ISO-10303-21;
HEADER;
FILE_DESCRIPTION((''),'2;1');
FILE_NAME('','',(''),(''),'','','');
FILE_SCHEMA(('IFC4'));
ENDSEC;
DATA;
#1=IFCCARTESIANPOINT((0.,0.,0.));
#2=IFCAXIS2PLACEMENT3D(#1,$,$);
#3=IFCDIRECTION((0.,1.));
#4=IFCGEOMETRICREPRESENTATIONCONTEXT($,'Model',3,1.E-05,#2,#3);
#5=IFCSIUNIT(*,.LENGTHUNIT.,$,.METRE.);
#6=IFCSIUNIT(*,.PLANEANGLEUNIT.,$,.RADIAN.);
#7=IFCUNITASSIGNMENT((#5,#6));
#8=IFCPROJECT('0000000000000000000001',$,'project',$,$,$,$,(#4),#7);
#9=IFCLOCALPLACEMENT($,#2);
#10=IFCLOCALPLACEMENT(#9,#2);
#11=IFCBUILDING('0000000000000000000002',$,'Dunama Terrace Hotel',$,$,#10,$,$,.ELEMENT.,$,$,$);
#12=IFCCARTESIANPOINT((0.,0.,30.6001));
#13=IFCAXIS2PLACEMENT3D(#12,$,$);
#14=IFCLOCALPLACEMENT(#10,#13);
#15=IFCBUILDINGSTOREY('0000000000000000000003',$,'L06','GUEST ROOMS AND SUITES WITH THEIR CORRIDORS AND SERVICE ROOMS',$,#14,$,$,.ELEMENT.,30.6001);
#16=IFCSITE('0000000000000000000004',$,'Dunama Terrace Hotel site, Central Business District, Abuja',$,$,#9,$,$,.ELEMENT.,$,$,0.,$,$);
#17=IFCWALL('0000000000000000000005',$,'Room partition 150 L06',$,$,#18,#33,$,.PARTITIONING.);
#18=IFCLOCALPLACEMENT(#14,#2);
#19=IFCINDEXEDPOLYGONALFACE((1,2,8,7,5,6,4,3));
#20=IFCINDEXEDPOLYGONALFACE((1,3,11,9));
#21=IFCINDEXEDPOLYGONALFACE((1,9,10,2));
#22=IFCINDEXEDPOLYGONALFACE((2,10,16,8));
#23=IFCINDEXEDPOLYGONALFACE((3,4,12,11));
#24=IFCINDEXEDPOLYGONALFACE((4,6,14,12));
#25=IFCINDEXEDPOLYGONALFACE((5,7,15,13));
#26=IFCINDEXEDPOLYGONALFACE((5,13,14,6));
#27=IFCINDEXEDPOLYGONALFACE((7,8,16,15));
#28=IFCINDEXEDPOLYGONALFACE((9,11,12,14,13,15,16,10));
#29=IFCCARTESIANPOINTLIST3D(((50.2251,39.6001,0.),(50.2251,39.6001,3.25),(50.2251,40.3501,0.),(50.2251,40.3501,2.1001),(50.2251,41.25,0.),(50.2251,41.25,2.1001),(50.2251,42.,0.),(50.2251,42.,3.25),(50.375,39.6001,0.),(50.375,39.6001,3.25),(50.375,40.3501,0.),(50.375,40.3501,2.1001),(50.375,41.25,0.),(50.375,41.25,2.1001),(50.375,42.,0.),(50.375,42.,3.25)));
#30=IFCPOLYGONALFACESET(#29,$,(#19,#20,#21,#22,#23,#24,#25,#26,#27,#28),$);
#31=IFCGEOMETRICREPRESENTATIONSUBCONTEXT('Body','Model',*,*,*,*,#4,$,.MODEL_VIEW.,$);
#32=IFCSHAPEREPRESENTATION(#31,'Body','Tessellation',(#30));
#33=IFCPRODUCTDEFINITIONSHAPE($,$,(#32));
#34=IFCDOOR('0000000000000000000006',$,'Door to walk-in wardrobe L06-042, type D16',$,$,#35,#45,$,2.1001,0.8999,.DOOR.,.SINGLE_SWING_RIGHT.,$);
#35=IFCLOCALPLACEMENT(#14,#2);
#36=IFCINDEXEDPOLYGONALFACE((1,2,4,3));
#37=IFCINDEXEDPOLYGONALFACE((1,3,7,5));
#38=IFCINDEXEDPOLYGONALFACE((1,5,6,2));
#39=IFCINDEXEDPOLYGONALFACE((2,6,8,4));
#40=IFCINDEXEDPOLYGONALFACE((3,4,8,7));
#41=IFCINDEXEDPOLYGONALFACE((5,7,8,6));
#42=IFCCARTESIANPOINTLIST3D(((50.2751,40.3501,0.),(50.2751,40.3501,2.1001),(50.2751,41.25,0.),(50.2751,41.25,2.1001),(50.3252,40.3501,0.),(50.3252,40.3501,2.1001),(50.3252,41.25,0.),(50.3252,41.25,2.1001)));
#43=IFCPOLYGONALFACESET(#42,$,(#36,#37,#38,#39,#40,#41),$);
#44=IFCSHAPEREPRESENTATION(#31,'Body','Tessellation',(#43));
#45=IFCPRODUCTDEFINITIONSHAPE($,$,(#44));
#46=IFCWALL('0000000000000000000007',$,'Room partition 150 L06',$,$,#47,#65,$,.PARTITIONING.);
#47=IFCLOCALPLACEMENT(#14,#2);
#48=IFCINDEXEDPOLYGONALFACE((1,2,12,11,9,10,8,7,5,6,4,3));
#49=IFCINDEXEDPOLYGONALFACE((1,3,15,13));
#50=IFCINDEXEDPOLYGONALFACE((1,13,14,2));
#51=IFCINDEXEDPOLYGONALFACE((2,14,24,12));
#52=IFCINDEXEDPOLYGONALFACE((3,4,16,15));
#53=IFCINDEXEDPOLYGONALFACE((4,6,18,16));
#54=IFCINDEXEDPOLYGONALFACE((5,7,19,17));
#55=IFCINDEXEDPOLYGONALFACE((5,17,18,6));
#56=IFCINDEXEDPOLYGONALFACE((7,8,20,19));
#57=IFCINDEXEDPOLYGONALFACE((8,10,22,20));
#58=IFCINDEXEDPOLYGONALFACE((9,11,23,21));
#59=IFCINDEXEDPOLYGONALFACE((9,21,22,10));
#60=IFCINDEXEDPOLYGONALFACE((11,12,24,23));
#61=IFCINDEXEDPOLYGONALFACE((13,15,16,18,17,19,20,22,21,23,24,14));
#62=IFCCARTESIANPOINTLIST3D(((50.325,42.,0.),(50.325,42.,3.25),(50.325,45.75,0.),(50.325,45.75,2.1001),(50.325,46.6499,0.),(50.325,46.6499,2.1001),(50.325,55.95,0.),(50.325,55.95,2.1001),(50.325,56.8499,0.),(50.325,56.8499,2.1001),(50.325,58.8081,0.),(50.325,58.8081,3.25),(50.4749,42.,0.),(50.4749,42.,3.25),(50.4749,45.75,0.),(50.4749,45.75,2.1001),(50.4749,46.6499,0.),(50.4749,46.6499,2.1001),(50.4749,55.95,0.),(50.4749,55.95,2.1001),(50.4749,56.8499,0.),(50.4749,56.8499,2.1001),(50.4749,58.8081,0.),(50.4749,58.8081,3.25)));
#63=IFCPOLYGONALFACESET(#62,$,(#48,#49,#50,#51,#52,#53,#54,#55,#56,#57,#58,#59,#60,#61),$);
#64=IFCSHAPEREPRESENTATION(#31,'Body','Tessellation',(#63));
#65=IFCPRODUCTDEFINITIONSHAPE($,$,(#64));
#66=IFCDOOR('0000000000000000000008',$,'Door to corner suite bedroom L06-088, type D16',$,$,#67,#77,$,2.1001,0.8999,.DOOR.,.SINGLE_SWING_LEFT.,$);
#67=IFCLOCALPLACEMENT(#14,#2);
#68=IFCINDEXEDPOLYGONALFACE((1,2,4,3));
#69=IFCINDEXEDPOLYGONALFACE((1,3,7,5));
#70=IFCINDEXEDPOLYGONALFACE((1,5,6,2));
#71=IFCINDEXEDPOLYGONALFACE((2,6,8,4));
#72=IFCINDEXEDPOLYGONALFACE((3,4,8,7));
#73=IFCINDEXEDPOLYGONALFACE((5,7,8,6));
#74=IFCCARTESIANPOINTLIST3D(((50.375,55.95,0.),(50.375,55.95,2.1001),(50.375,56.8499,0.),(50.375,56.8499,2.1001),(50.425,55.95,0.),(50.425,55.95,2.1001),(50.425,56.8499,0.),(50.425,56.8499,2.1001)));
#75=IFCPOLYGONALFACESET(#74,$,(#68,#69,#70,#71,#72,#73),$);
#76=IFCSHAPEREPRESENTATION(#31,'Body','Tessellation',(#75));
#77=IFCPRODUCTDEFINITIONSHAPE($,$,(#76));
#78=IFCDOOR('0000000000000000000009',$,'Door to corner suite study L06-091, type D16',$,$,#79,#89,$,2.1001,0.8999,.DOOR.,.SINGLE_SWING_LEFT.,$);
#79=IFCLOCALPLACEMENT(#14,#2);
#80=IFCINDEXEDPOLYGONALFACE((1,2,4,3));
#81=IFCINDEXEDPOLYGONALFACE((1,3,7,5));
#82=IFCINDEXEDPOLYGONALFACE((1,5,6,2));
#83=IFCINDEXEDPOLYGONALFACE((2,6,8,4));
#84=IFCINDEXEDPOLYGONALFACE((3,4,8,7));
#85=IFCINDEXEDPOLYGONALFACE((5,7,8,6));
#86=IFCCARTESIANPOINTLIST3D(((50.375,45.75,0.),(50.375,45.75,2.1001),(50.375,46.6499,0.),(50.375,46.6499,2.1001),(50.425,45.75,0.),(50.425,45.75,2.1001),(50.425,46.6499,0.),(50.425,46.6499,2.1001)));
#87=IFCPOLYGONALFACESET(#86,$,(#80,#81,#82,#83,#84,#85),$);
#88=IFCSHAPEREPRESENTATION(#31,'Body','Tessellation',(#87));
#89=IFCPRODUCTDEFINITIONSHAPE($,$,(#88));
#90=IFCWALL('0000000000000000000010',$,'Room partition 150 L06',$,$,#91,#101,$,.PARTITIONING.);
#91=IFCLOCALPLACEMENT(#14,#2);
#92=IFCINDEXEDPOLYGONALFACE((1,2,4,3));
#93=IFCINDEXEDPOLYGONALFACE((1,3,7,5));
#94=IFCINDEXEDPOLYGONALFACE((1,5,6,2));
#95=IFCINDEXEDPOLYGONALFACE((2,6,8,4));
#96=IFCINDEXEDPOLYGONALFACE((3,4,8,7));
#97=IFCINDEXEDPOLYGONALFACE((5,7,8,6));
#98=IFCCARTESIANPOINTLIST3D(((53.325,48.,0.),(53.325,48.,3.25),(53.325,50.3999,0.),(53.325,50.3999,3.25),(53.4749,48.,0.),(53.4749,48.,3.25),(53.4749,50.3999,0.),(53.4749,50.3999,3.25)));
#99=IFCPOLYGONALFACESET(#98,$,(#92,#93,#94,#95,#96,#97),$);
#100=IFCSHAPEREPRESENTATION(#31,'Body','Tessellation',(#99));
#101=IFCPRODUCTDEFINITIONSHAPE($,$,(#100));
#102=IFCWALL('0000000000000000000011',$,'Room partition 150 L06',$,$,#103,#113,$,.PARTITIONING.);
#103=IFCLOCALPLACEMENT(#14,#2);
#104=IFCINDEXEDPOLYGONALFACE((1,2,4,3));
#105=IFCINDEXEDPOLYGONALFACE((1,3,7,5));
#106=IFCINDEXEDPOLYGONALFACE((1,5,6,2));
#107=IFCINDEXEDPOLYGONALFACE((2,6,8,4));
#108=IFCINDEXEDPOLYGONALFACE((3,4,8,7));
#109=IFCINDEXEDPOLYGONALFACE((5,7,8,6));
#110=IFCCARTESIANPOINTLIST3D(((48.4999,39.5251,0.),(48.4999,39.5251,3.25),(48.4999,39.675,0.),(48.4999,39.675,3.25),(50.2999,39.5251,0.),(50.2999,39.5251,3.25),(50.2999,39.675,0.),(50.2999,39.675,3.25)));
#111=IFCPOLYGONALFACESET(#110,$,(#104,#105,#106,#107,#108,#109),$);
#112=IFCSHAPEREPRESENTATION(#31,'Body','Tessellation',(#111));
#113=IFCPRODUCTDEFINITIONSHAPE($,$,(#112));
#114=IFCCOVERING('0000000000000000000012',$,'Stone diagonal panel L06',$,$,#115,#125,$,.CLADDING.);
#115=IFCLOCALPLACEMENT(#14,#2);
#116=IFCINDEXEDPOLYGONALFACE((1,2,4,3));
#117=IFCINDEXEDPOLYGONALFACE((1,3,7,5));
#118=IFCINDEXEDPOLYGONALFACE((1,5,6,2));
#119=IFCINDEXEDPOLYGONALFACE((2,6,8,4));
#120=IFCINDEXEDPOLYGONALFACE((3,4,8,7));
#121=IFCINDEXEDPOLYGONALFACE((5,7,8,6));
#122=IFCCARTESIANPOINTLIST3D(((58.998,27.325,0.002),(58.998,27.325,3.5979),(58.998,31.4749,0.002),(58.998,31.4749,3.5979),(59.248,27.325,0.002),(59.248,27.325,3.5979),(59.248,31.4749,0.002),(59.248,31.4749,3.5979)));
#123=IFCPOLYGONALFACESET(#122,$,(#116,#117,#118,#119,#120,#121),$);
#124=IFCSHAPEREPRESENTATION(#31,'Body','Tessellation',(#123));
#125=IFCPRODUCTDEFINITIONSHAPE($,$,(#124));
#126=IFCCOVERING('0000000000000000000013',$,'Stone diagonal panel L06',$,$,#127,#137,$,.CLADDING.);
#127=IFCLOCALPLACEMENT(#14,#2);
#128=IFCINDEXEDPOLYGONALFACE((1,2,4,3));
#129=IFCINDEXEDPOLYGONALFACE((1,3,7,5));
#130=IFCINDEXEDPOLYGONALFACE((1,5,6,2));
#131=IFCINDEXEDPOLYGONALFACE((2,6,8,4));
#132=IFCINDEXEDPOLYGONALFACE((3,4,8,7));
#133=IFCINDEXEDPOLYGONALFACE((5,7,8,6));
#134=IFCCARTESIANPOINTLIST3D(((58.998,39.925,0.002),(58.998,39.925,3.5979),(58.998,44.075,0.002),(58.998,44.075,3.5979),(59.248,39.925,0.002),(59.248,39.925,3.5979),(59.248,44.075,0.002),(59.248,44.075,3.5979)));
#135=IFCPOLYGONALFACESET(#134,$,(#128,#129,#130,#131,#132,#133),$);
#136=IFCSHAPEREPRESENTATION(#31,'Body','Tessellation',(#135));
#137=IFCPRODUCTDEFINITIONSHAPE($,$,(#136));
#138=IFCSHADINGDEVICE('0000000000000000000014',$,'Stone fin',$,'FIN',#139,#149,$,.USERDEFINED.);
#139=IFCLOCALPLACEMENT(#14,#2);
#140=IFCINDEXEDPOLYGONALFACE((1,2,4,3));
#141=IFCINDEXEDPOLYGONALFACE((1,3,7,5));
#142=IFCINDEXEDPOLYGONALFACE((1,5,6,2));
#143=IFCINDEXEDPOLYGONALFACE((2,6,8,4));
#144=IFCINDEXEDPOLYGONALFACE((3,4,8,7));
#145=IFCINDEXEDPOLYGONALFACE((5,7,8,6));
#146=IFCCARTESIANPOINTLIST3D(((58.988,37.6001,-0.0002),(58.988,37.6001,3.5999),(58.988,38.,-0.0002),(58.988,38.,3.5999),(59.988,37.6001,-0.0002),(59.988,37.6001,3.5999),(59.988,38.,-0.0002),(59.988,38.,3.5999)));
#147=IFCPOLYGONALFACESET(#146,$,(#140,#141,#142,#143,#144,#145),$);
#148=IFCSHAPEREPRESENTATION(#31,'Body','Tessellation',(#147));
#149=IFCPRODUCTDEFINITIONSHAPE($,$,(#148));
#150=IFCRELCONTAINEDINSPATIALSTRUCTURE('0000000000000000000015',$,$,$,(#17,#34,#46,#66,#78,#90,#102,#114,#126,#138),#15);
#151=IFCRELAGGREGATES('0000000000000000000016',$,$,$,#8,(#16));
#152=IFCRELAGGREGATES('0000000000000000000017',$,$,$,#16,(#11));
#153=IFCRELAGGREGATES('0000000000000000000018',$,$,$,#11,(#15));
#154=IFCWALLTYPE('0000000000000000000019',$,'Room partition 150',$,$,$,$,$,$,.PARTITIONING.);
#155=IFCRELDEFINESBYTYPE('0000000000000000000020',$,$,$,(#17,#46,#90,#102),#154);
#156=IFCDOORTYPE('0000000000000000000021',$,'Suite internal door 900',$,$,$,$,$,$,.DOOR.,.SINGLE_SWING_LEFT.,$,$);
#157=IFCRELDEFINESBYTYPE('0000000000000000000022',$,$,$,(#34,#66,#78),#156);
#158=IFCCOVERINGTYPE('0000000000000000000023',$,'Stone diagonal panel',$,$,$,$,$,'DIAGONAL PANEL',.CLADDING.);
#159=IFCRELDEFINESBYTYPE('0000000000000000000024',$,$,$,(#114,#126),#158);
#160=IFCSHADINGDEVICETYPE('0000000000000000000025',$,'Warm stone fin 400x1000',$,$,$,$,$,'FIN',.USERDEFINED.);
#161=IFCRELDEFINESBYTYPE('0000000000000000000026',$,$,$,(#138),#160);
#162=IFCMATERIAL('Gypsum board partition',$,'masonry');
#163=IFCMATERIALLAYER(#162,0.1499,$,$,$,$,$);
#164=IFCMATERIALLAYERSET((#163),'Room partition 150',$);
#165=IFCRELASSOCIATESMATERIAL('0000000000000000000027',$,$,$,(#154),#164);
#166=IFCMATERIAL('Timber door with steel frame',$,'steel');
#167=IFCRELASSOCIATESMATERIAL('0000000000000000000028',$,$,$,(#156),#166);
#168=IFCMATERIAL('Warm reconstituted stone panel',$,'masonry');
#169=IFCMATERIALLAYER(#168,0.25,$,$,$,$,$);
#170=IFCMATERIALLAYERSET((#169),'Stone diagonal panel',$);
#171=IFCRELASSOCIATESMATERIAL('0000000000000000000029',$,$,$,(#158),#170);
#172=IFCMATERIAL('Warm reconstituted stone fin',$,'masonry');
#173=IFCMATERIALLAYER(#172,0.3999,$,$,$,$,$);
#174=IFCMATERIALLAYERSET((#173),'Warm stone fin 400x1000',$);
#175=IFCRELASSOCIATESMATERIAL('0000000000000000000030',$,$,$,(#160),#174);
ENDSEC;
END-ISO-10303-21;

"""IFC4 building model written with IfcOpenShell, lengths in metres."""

from ifc_helpers import new_model, si_unit, direction, frame, frame_2d, origin, origin_2d, place, context, subcontext, project, spatial, rectangle, extrude, material, layer, layer_set, type_object, element, fill, save


model = new_model("IFC4")

# Units and contexts
model_context = context("Model", 3, precision=1e-05, world=origin(), true_north=direction((0.0, 1.0)))
body_context = subcontext(model_context, "Body", "Model", "MODEL_VIEW")
ifc_project = project(units=[si_unit("LENGTHUNIT", "METRE"), si_unit("PLANEANGLEUNIT", "RADIAN")], contexts=[model_context])

# Site, building, storey
site_placement = place(None, origin())
site = spatial("IfcSite", under=ifc_project, at=site_placement, Name="Dunama Terrace Hotel site, Central Business District, Abuja", CompositionType="ELEMENT", RefElevation=0.0)
building_placement = place(site_placement, origin())
building = spatial("IfcBuilding", under=site, at=building_placement, Name="Dunama Terrace Hotel", CompositionType="ELEMENT")
storey_placement = place(building_placement, frame((0.0, 0.0, 30.6001)))
storey = spatial("IfcBuildingStorey", under=building, at=storey_placement, Name="L06", Description="GUEST ROOMS AND SUITES WITH THEIR CORRIDORS AND SERVICE ROOMS", CompositionType="ELEMENT", Elevation=30.6001)

# Shared definitions
ifc_material_1 = material(Name="Gypsum board partition", Category="masonry")
ifc_layer_1 = layer(ifc_material_1, 0.1499)
ifc_layer_set_1 = layer_set([ifc_layer_1], Name="Room partition 150")
wall_type = type_object("IfcWallType", Name="Room partition 150", PredefinedType="PARTITIONING", material=ifc_layer_set_1)

# Shared definitions
ifc_material_2 = material(Name="Timber door with steel frame", Category="steel")
door_type = type_object("IfcDoorType", Name="Suite internal door 900", OperationType="SINGLE_SWING_LEFT", PredefinedType="DOOR", material=ifc_material_2)

# Wall, opening, door
wall_1_placement = place(storey_placement, frame((50.3, 39.6001, 0.0), z_axis=(0.0, 0.0, 1.0), x_axis=(0.0, 1.0, 0.0)))
wall_1 = element("IfcWall", 1, at=wall_1_placement, inside=storey, type_object=wall_type, Name="Room partition 150 L06", PredefinedType="PARTITIONING", context=body_context, shape_type="SweptSolid", body=[
    extrude(rectangle(XDim=2.3999, YDim=0.1499, at=frame_2d((1.2, 0.0))), origin(), (0.0, 0.0, 1.0), 3.25),
])
opening_1_placement = place(wall_1_placement, frame((0.75, 0.0, 0.0)))
opening_1 = element("IfcOpeningElement", 2, at=opening_1_placement, cuts=wall_1, PredefinedType="OPENING", context=body_context, shape_type="SweptSolid", body=[
    extrude(rectangle(XDim=0.8999, YDim=2.1001, at=frame_2d((0.45, 1.05))), frame((0.0, 0.085, 0.0), z_axis=(0.0, -1.0, 0.0), x_axis=(1.0, 0.0, 0.0)), (0.0, 0.0, 1.0), 0.1699),
])
door_1_placement = place(opening_1_placement, origin())
door_1 = element("IfcDoor", 3, at=door_1_placement, inside=storey, type_object=door_type, Name="Door to walk-in wardrobe L06-042, type D16", OperationType="SINGLE_SWING_RIGHT", OverallHeight=2.1001, OverallWidth=0.8999, PredefinedType="DOOR", context=body_context, shape_type="SweptSolid", body=[
    extrude(rectangle(XDim=0.8999, YDim=2.1001, at=frame_2d((0.45, 1.05))), frame((0.0, 0.0249, 0.0), z_axis=(0.0, -1.0, 0.0), x_axis=(1.0, 0.0, 0.0)), (0.0, 0.0, 1.0), 0.05),
])
fill(opening_1, door_1)

# Wall, openings, doors
wall_2_placement = place(storey_placement, frame((50.3999, 42.0, 0.0), z_axis=(0.0, 0.0, 1.0), x_axis=(0.0, 1.0, 0.0)))
wall_2 = element("IfcWall", 4, at=wall_2_placement, inside=storey, type_object=wall_type, Name="Room partition 150 L06", PredefinedType="PARTITIONING", context=body_context, shape_type="SweptSolid", body=[
    extrude(rectangle(XDim=16.8081, YDim=0.1499, at=frame_2d((8.4041, 0.0))), origin(), (0.0, 0.0, 1.0), 3.25),
])
opening_2_placement = place(wall_2_placement, frame((13.95, 0.0, 0.0)))
opening_2 = element("IfcOpeningElement", 5, at=opening_2_placement, cuts=wall_2, PredefinedType="OPENING", context=body_context, shape_type="SweptSolid", body=[
    extrude(rectangle(XDim=0.8999, YDim=2.1001, at=frame_2d((0.45, 1.05))), frame((0.0, 0.085, 0.0), z_axis=(0.0, -1.0, 0.0), x_axis=(1.0, 0.0, 0.0)), (0.0, 0.0, 1.0), 0.1699),
])
opening_3_placement = place(wall_2_placement, frame((3.75, 0.0, 0.0)))
opening_3 = element("IfcOpeningElement", 6, at=opening_3_placement, cuts=wall_2, PredefinedType="OPENING", context=body_context, shape_type="SweptSolid", body=[
    extrude(rectangle(XDim=0.8999, YDim=2.1001, at=frame_2d((0.45, 1.05))), frame((0.0, 0.085, 0.0), z_axis=(0.0, -1.0, 0.0), x_axis=(1.0, 0.0, 0.0)), (0.0, 0.0, 1.0), 0.1699),
])
door_2_placement = place(opening_2_placement, frame((0.8999, 0.0, 0.0), z_axis=(0.0, 0.0, 1.0), x_axis=(-1.0, 0.0, 0.0)))
door_2 = element("IfcDoor", 7, at=door_2_placement, inside=storey, type_object=door_type, Name="Door to corner suite bedroom L06-088, type D16", OperationType="SINGLE_SWING_LEFT", OverallHeight=2.1001, OverallWidth=0.8999, PredefinedType="DOOR", context=body_context, shape_type="SweptSolid", body=[
    extrude(rectangle(XDim=0.8999, YDim=2.1001, at=frame_2d((0.45, 1.05))), frame((0.0, 0.0251, 0.0), z_axis=(0.0, -1.0, 0.0), x_axis=(1.0, 0.0, 0.0)), (0.0, 0.0, 1.0), 0.05),
])
fill(opening_2, door_2)
door_3_placement = place(opening_3_placement, frame((0.8999, 0.0, 0.0), z_axis=(0.0, 0.0, 1.0), x_axis=(-1.0, 0.0, 0.0)))
door_3 = element("IfcDoor", 8, at=door_3_placement, inside=storey, type_object=door_type, Name="Door to corner suite study L06-091, type D16", OperationType="SINGLE_SWING_LEFT", OverallHeight=2.1001, OverallWidth=0.8999, PredefinedType="DOOR", context=body_context, shape_type="SweptSolid", body=[
    extrude(rectangle(XDim=0.8999, YDim=2.1001, at=frame_2d((0.45, 1.05))), frame((0.0, 0.0251, 0.0), z_axis=(0.0, -1.0, 0.0), x_axis=(1.0, 0.0, 0.0)), (0.0, 0.0, 1.0), 0.05),
])
fill(opening_3, door_3)

# Walls
wall_3_placement = place(storey_placement, frame((53.3999, 48.0, 0.0), z_axis=(0.0, 0.0, 1.0), x_axis=(0.0, 1.0, 0.0)))
element("IfcWall", 9, at=wall_3_placement, inside=storey, type_object=wall_type, Name="Room partition 150 L06", PredefinedType="PARTITIONING", context=body_context, shape_type="SweptSolid", body=[
    extrude(rectangle(XDim=2.3999, YDim=0.1499, at=frame_2d((1.2, 0.0))), origin(), (0.0, 0.0, 1.0), 3.25),
])
wall_4_placement = place(storey_placement, frame((48.5, 39.6001, 0.0), z_axis=(0.0, 0.0, 1.0), x_axis=(1.0, 0.0, 0.0)))
element("IfcWall", 10, at=wall_4_placement, inside=storey, type_object=wall_type, Name="Room partition 150 L06", PredefinedType="PARTITIONING", context=body_context, shape_type="SweptSolid", body=[
    extrude(rectangle(XDim=1.8, YDim=0.1499, at=frame_2d((0.8999, 0.0))), origin(), (0.0, 0.0, 1.0), 3.25),
])

# Coverings
ifc_material_3 = material(Name="Warm reconstituted stone panel", Category="masonry")
ifc_layer_2 = layer(ifc_material_3, 0.25)
ifc_layer_set_2 = layer_set([ifc_layer_2], Name="Stone diagonal panel")
covering_type = type_object("IfcCoveringType", Name="Stone diagonal panel", ElementType="DIAGONAL PANEL", PredefinedType="CLADDING", material=ifc_layer_set_2)
for number, where, z_axis, x_axis, name in (
    (11, (59.123, 29.3999, 0.002), (0.0, 0.0, 1.0), (0.0, 1.0, 0.0), "Stone diagonal panel L06"),
    (12, (59.123, 42.0, 0.002), (0.0, 0.0, 1.0), (0.0, 1.0, 0.0), "Stone diagonal panel L06"),
):
    element("IfcCovering", number, at=place(storey_placement, frame(where, z_axis=z_axis, x_axis=x_axis)), inside=storey, type_object=covering_type, Name=name, PredefinedType="CLADDING", context=body_context, shape_type="SweptSolid", body=[
        extrude(rectangle(XDim=4.1499, YDim=0.25, at=origin_2d()), origin(), (0.0, 0.0, 1.0), 3.5959),
    ])

# Shading device
ifc_material_4 = material(Name="Warm reconstituted stone fin", Category="masonry")
ifc_layer_3 = layer(ifc_material_4, 0.3999)
ifc_layer_set_3 = layer_set([ifc_layer_3], Name="Warm stone fin 400x1000")
shading_device_type = type_object("IfcShadingDeviceType", Name="Warm stone fin 400x1000", ElementType="FIN", PredefinedType="USERDEFINED", material=ifc_layer_set_3)
shading_device_placement = place(storey_placement, frame((59.488, 37.8, -0.0002), z_axis=(0.0, 0.0, 1.0), x_axis=(0.0, 1.0, 0.0)))
element("IfcShadingDevice", 13, at=shading_device_placement, inside=storey, type_object=shading_device_type, Name="Stone fin", ObjectType="FIN", PredefinedType="USERDEFINED", context=body_context, shape_type="SweptSolid", body=[
    extrude(rectangle(XDim=0.3999, YDim=1.0, at=origin_2d()), origin(), (0.0, 0.0, 1.0), 3.6001),
])

save(model, "model.ifc")
